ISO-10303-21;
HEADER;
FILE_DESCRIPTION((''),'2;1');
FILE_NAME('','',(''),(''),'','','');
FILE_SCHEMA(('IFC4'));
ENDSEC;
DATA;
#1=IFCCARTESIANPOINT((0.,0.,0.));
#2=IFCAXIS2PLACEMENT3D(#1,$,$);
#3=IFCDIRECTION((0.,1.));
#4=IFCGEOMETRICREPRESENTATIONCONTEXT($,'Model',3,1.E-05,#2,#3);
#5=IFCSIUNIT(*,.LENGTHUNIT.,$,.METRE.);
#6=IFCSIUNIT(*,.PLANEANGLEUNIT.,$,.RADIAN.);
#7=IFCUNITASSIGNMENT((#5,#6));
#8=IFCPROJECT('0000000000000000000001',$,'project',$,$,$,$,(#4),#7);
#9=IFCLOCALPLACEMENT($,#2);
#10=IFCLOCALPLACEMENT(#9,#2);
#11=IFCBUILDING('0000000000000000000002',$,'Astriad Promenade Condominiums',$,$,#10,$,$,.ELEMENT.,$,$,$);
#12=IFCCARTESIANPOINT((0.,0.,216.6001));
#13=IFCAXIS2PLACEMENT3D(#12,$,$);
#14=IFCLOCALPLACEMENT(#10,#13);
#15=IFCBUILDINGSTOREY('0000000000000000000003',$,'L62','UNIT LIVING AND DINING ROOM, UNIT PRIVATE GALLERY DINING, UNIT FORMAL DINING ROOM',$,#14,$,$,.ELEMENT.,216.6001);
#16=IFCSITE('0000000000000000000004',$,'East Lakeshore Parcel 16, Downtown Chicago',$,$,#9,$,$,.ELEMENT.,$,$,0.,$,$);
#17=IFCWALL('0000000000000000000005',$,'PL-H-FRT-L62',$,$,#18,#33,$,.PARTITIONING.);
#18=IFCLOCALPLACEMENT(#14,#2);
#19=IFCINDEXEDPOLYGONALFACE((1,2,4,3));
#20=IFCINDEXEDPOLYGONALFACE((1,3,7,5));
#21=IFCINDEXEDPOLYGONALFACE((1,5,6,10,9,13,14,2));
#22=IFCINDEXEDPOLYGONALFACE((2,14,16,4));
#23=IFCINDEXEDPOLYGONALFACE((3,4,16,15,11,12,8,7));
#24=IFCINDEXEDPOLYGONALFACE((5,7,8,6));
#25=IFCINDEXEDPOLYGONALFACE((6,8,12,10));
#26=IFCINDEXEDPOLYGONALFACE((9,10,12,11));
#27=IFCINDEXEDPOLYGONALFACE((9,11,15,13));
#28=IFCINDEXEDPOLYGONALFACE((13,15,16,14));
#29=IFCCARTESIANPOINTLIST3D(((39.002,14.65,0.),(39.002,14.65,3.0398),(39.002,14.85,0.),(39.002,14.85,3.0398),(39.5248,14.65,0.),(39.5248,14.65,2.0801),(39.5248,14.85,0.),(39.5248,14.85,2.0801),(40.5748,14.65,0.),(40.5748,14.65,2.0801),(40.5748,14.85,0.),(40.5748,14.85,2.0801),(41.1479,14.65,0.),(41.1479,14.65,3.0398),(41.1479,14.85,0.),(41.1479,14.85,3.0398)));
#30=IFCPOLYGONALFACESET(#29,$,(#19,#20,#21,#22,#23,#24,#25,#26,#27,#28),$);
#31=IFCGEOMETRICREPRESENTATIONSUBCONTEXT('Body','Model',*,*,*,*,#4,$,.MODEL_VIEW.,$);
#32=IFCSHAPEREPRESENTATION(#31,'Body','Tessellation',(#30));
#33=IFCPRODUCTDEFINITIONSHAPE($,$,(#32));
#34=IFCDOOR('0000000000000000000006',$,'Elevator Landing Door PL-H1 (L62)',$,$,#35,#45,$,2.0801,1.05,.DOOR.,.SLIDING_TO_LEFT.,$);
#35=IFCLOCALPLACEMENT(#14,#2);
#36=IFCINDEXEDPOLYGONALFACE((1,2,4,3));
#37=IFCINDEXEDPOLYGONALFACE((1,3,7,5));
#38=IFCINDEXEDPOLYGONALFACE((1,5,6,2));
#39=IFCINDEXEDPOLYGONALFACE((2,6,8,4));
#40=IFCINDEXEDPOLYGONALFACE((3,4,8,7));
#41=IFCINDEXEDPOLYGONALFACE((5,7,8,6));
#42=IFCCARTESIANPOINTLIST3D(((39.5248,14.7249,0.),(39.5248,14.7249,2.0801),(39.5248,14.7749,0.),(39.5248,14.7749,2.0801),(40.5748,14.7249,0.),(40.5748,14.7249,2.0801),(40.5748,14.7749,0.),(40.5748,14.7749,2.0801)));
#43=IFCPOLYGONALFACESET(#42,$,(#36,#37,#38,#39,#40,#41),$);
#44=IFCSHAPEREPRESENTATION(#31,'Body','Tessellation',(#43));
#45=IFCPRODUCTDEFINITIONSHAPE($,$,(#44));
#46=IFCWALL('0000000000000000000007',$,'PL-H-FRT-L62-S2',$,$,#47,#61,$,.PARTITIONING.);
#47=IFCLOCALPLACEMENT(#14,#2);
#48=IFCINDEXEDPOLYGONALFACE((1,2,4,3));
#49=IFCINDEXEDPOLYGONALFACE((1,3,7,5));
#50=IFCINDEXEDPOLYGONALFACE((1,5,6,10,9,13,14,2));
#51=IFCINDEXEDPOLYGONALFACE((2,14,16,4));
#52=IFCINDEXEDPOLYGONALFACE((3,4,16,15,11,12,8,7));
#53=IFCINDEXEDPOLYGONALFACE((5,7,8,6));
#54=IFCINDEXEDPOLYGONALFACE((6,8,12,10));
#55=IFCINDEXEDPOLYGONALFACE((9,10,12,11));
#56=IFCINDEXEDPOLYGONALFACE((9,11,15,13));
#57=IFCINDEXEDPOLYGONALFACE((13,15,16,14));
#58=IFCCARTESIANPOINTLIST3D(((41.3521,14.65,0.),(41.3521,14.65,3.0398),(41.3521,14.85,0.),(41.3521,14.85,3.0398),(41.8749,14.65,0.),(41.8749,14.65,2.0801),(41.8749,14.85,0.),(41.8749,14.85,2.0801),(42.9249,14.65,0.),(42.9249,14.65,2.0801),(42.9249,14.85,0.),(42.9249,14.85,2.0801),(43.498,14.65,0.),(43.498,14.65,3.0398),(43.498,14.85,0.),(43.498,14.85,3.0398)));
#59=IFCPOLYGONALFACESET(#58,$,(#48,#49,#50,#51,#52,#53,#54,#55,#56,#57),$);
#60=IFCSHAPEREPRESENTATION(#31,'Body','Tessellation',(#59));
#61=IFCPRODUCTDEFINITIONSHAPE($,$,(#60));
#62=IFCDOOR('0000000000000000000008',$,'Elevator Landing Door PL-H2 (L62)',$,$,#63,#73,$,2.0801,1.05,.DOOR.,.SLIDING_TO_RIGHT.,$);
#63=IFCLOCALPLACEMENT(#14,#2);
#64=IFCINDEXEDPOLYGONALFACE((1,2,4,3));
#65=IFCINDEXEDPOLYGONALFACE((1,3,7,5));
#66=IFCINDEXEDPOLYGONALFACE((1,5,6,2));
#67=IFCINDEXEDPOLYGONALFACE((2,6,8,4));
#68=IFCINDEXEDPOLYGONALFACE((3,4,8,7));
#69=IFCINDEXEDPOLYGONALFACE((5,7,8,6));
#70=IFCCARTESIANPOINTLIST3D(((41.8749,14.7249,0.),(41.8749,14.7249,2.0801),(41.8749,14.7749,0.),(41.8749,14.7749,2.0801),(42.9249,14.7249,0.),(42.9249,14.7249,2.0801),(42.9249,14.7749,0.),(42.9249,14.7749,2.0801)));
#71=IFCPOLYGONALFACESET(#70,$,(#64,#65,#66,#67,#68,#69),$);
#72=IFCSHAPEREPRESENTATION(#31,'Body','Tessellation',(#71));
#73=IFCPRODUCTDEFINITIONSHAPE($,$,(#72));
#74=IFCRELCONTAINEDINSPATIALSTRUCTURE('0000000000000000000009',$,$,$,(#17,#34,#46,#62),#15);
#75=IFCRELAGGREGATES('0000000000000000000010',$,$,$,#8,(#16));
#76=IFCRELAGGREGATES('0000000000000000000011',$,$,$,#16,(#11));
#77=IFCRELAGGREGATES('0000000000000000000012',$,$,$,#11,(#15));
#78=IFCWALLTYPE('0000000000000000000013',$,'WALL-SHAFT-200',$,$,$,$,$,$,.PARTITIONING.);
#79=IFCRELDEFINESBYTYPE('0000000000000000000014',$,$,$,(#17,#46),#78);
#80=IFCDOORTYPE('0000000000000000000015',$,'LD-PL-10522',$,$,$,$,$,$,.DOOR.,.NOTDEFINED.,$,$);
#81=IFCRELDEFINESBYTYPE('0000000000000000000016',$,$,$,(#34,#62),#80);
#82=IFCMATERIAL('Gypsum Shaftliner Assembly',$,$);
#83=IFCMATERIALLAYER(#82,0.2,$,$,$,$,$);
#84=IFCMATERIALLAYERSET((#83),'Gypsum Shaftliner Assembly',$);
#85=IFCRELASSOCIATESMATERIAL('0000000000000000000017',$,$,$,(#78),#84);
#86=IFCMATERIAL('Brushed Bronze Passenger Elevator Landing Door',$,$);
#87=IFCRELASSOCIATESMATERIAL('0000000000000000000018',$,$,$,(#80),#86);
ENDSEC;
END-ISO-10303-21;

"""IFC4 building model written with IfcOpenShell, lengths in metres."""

from ifc_helpers import new_model, si_unit, direction, frame, frame_2d, origin, place, context, subcontext, project, spatial, rectangle, extrude, source, transform, mapped, material, layer, layer_set, type_object, type_shapes, element, fill, save


model = new_model("IFC4")

# Units and contexts
model_context = context("Model", 3, precision=1e-05, world=origin(), true_north=direction((0.0, 1.0)))
body_context = subcontext(model_context, "Body", "Model", "MODEL_VIEW")
ifc_project = project(units=[si_unit("LENGTHUNIT", "METRE"), si_unit("PLANEANGLEUNIT", "RADIAN")], contexts=[model_context])

# Site, building, storey
site_placement = place(None, origin())
site = spatial("IfcSite", under=ifc_project, at=site_placement, Name="East Lakeshore Parcel 16, Downtown Chicago", CompositionType="ELEMENT", RefElevation=0.0)
building_placement = place(site_placement, origin())
building = spatial("IfcBuilding", under=site, at=building_placement, Name="Astriad Promenade Condominiums", CompositionType="ELEMENT")
storey_placement = place(building_placement, frame((0.0, 0.0, 216.6001)))
storey = spatial("IfcBuildingStorey", under=building, at=storey_placement, Name="L62", Description="UNIT LIVING AND DINING ROOM, UNIT PRIVATE GALLERY DINING, UNIT FORMAL DINING ROOM", CompositionType="ELEMENT", Elevation=216.6001)

# Shared definitions
ifc_material_1 = material(Name="Gypsum Shaftliner Assembly")
ifc_layer_1 = layer(ifc_material_1, 0.2)
ifc_layer_set_1 = layer_set([ifc_layer_1], Name="Gypsum Shaftliner Assembly")
wall_type_1 = type_object("IfcWallType", Name="WALL-SHAFT-200", PredefinedType="PARTITIONING", material=ifc_layer_set_1)

# Walls, openings, doors
wall_1_placement = place(storey_placement, frame((39.002, 14.75, 0.0), z_axis=(0.0, 0.0, 1.0), x_axis=(1.0, 0.0, 0.0)))
wall_1 = element("IfcWall", 1, at=wall_1_placement, inside=storey, type_object=wall_type_1, Name="PL-H-FRT-L62", PredefinedType="PARTITIONING", context=body_context, shape_type="SweptSolid", body=[
    extrude(rectangle(XDim=2.146, YDim=0.2, at=frame_2d((1.073, 0.0))), origin(), (0.0, 0.0, 1.0), 3.0398),
])
opening_1_placement = place(wall_1_placement, frame((0.5229, 0.0, 0.0)))
opening_1 = element("IfcOpeningElement", 2, at=opening_1_placement, cuts=wall_1, PredefinedType="OPENING", context=body_context, shape_type="SweptSolid", body=[
    extrude(rectangle(XDim=1.05, YDim=2.0801, at=frame_2d((0.5249, 1.04))), frame((0.0, 0.1099, 0.0), z_axis=(0.0, -1.0, 0.0), x_axis=(1.0, 0.0, 0.0)), (0.0, 0.0, 1.0), 0.22),
])
ifc_material_2 = material(Name="Brushed Bronze Passenger Elevator Landing Door")
door_type_1 = type_object("IfcDoorType", Name="LD-PL-10522", OperationType="NOTDEFINED", PredefinedType="DOOR", material=ifc_material_2)
shared_shape_1 = source(origin(), body_context, "Body", "SweptSolid", [
    extrude(rectangle(XDim=1.05, YDim=2.0801, at=frame_2d((0.5249, 1.04))), frame((0.0, 0.0249, 0.0), z_axis=(0.0, -1.0, 0.0), x_axis=(1.0, 0.0, 0.0)), (0.0, 0.0, 1.0), 0.05),
])
type_shapes(door_type_1, [shared_shape_1])
door_1_placement = place(opening_1_placement, origin())
door_1 = element("IfcDoor", 3, at=door_1_placement, inside=storey, type_object=door_type_1, Name="Elevator Landing Door PL-H1 (L62)", OperationType="SLIDING_TO_LEFT", OverallHeight=2.0801, OverallWidth=1.05, PredefinedType="DOOR", context=body_context, shape_type="MappedRepresentation", body=[
    mapped(shared_shape_1, transform((0.0, 0.0, 0.0), scale=1.0)),
])
fill(opening_1, door_1)
wall_2_placement = place(storey_placement, frame((41.3521, 14.75, 0.0), z_axis=(0.0, 0.0, 1.0), x_axis=(1.0, 0.0, 0.0)))
wall_2 = element("IfcWall", 4, at=wall_2_placement, inside=storey, type_object=wall_type_1, Name="PL-H-FRT-L62-S2", PredefinedType="PARTITIONING", context=body_context, shape_type="SweptSolid", body=[
    extrude(rectangle(XDim=2.146, YDim=0.2, at=frame_2d((1.073, 0.0))), origin(), (0.0, 0.0, 1.0), 3.0398),
])
opening_2_placement = place(wall_2_placement, frame((0.5229, 0.0, 0.0)))
opening_2 = element("IfcOpeningElement", 5, at=opening_2_placement, cuts=wall_2, PredefinedType="OPENING", context=body_context, shape_type="SweptSolid", body=[
    extrude(rectangle(XDim=1.05, YDim=2.0801, at=frame_2d((0.5249, 1.04))), frame((0.0, 0.1099, 0.0), z_axis=(0.0, -1.0, 0.0), x_axis=(1.0, 0.0, 0.0)), (0.0, 0.0, 1.0), 0.22),
])
door_2_placement = place(opening_2_placement, origin())
door_2 = element("IfcDoor", 6, at=door_2_placement, inside=storey, type_object=door_type_1, Name="Elevator Landing Door PL-H2 (L62)", OperationType="SLIDING_TO_RIGHT", OverallHeight=2.0801, OverallWidth=1.05, PredefinedType="DOOR", context=body_context, shape_type="MappedRepresentation", body=[
    mapped(shared_shape_1, transform((0.0, 0.0, 0.0), scale=1.0)),
])
fill(opening_2, door_2)

save(model, "model.ifc")
